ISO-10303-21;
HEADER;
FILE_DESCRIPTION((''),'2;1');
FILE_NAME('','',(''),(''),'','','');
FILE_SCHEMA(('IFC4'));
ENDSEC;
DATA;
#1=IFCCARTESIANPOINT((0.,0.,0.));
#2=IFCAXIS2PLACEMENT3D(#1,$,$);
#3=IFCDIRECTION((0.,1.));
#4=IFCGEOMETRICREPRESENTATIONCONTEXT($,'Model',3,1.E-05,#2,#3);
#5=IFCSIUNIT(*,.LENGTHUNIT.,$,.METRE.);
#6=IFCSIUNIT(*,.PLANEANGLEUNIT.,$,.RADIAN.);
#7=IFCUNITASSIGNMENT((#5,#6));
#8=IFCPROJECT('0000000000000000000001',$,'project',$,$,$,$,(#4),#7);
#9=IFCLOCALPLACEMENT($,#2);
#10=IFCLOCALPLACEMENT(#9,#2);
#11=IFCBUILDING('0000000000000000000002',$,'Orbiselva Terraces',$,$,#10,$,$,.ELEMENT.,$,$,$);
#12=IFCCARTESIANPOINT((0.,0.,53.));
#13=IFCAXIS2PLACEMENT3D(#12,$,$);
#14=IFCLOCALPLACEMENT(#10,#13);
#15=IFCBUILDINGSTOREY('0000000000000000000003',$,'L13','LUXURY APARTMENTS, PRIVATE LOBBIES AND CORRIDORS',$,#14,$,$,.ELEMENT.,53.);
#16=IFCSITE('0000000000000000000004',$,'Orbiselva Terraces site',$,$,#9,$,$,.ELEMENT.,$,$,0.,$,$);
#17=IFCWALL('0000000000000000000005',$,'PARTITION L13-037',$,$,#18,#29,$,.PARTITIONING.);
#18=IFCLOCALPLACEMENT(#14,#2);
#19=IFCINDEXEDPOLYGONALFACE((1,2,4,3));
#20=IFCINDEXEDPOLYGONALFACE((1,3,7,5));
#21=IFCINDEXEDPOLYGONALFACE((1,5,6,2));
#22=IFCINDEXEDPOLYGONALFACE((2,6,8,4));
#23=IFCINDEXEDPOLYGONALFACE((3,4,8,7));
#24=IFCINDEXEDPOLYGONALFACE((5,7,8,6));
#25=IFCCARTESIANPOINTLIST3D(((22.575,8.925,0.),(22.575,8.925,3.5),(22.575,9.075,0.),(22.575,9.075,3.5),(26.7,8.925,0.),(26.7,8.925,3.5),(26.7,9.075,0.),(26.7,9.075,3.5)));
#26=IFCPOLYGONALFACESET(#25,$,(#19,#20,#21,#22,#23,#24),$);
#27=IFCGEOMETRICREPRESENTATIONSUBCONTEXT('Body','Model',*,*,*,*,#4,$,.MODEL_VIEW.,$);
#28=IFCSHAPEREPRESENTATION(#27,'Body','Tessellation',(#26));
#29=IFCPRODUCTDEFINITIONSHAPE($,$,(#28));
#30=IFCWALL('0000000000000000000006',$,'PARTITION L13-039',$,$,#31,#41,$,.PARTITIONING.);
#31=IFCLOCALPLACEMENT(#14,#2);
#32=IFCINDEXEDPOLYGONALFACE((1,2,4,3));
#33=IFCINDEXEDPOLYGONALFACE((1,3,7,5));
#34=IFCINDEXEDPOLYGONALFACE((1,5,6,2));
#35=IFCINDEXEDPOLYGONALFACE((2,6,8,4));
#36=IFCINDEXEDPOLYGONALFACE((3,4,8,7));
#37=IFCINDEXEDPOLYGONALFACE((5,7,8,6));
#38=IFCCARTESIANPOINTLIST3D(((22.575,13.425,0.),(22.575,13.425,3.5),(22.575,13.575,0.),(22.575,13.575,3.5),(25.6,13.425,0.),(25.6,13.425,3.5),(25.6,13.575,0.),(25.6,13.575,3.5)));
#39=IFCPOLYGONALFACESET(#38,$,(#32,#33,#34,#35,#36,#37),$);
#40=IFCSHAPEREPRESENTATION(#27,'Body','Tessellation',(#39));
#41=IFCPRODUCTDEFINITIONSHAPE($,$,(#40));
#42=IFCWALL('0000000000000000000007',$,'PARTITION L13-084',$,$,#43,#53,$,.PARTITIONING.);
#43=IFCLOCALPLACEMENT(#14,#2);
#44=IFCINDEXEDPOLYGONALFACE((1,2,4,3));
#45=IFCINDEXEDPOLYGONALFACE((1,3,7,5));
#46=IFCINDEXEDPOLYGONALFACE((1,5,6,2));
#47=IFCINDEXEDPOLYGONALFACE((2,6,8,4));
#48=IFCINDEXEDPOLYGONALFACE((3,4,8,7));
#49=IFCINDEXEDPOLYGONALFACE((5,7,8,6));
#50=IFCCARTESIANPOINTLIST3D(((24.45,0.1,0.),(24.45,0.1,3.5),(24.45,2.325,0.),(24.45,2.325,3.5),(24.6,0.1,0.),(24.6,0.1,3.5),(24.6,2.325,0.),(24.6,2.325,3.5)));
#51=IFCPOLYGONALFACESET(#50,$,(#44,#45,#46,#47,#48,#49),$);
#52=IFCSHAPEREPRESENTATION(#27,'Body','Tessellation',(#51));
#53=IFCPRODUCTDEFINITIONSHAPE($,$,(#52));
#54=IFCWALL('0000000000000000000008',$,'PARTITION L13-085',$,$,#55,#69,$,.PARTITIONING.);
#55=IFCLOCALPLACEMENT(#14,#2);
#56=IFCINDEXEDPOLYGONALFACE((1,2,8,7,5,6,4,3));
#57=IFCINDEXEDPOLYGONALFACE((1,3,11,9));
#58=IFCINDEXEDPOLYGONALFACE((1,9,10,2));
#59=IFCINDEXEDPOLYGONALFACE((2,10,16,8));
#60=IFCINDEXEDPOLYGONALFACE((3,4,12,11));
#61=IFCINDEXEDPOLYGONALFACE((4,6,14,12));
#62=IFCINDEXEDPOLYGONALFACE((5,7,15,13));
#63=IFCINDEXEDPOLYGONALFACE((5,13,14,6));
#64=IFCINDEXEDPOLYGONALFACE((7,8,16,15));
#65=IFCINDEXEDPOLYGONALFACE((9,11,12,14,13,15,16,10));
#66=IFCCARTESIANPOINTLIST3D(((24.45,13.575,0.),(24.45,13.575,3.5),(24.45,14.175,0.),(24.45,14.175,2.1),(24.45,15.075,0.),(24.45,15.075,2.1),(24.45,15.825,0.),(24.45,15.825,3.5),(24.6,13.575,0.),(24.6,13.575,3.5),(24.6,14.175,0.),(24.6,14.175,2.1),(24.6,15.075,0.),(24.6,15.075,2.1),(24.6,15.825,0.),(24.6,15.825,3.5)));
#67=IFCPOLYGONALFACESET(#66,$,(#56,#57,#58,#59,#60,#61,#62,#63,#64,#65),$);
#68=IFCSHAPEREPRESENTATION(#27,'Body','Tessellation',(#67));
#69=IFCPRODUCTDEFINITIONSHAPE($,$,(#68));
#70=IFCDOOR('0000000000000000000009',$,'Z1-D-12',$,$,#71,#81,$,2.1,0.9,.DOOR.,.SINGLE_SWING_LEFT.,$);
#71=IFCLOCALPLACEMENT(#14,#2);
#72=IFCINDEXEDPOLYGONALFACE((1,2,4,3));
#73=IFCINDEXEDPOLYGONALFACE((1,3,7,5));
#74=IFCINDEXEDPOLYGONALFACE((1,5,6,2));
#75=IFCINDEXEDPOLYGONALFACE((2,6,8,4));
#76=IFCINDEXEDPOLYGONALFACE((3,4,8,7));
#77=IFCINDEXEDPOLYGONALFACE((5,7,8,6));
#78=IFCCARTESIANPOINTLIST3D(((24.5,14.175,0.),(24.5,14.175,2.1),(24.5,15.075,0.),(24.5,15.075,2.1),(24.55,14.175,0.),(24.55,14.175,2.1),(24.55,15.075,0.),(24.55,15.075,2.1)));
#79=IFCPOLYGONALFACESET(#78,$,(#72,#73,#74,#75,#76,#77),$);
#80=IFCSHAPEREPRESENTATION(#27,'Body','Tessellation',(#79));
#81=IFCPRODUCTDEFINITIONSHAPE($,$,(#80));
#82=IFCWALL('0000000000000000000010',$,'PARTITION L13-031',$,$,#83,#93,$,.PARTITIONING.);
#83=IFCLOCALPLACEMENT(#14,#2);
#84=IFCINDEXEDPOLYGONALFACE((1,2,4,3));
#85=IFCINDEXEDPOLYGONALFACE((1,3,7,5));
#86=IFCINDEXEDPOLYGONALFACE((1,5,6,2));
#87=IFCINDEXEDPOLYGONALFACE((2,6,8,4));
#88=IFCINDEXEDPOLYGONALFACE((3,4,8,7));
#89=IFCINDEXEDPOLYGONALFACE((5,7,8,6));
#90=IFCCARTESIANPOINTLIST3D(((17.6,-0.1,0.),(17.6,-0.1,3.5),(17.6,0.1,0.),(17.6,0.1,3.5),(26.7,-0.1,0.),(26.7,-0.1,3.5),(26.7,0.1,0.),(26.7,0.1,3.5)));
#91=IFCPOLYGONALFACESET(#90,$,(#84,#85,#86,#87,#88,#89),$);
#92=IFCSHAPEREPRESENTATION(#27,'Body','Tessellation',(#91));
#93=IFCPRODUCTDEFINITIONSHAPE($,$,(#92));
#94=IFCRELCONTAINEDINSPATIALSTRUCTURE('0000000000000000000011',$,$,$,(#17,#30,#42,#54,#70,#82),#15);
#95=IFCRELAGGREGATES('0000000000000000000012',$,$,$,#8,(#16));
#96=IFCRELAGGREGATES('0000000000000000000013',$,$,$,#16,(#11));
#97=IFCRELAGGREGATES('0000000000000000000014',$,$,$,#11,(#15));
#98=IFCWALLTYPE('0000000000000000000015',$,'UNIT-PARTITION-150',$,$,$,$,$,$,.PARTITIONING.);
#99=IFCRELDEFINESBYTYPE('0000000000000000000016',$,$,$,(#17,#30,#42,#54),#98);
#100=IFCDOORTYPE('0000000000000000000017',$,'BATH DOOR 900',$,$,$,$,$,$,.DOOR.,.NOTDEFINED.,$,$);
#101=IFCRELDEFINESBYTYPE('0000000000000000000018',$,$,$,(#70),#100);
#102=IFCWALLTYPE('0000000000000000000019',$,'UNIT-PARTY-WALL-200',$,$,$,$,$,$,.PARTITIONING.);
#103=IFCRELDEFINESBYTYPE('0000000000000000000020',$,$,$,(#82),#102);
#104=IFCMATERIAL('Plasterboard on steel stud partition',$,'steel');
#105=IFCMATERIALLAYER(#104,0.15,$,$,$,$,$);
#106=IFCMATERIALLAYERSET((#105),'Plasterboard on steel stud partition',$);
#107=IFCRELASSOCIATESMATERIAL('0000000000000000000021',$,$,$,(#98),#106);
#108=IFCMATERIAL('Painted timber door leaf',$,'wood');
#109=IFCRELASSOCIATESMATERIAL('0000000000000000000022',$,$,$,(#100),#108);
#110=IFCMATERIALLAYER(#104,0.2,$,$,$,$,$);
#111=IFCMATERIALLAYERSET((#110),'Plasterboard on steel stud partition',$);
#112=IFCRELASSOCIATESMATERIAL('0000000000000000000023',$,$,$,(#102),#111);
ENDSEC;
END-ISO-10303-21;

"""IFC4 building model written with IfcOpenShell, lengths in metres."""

from ifc_helpers import new_model, si_unit, direction, frame, frame_2d, origin, place, context, subcontext, project, spatial, rectangle, extrude, material, layer, layer_set, type_object, element, fill, save


model = new_model("IFC4")

# Units and contexts
model_context = context("Model", 3, precision=1e-05, world=origin(), true_north=direction((0.0, 1.0)))
body_context = subcontext(model_context, "Body", "Model", "MODEL_VIEW")
ifc_project = project(units=[si_unit("LENGTHUNIT", "METRE"), si_unit("PLANEANGLEUNIT", "RADIAN")], contexts=[model_context])

# Site, building, storey
site_placement = place(None, origin())
site = spatial("IfcSite", under=ifc_project, at=site_placement, Name="Orbiselva Terraces site", CompositionType="ELEMENT", RefElevation=0.0)
building_placement = place(site_placement, origin())
building = spatial("IfcBuilding", under=site, at=building_placement, Name="Orbiselva Terraces", CompositionType="ELEMENT")
storey_placement = place(building_placement, frame((0.0, 0.0, 53.0)))
storey = spatial("IfcBuildingStorey", under=building, at=storey_placement, Name="L13", Description="LUXURY APARTMENTS, PRIVATE LOBBIES AND CORRIDORS", CompositionType="ELEMENT", Elevation=53.0)

# Shared definitions
ifc_material_1 = material(Name="Plasterboard on steel stud partition", Category="steel")
ifc_material_2 = material(Name="Painted timber door leaf", Category="wood")

# Shared definitions
ifc_layer_1 = layer(ifc_material_1, 0.15)
ifc_layer_set_1 = layer_set([ifc_layer_1], Name="Plasterboard on steel stud partition")
wall_type_1 = type_object("IfcWallType", Name="UNIT-PARTITION-150", PredefinedType="PARTITIONING", material=ifc_layer_set_1)
door_type_1 = type_object("IfcDoorType", Name="BATH DOOR 900", OperationType="NOTDEFINED", PredefinedType="DOOR", material=ifc_material_2)

# Walls
wall_1_placement = place(storey_placement, frame((22.575, 9.0, 0.0), z_axis=(0.0, 0.0, 1.0), x_axis=(1.0, 0.0, 0.0)))
element("IfcWall", 1, at=wall_1_placement, inside=storey, type_object=wall_type_1, Name="PARTITION L13-037", PredefinedType="PARTITIONING", context=body_context, shape_type="SweptSolid", body=[
    extrude(rectangle(XDim=4.125, YDim=0.15, at=frame_2d((2.0625, 0.0))), origin(), (0.0, 0.0, 1.0), 3.5),
])
wall_2_placement = place(storey_placement, frame((22.575, 13.5, 0.0), z_axis=(0.0, 0.0, 1.0), x_axis=(1.0, 0.0, 0.0)))
element("IfcWall", 2, at=wall_2_placement, inside=storey, type_object=wall_type_1, Name="PARTITION L13-039", PredefinedType="PARTITIONING", context=body_context, shape_type="SweptSolid", body=[
    extrude(rectangle(XDim=3.025, YDim=0.15, at=frame_2d((1.5125, 0.0))), origin(), (0.0, 0.0, 1.0), 3.5),
])
wall_3_placement = place(storey_placement, frame((24.525, 0.1, 0.0), z_axis=(0.0, 0.0, 1.0), x_axis=(0.0, 1.0, 0.0)))
element("IfcWall", 3, at=wall_3_placement, inside=storey, type_object=wall_type_1, Name="PARTITION L13-084", PredefinedType="PARTITIONING", context=body_context, shape_type="SweptSolid", body=[
    extrude(rectangle(XDim=2.225, YDim=0.15, at=frame_2d((1.1125, 0.0))), origin(), (0.0, 0.0, 1.0), 3.5),
])

# Wall, opening, door
wall_4_placement = place(storey_placement, frame((24.525, 13.575, 0.0), z_axis=(0.0, 0.0, 1.0), x_axis=(0.0, 1.0, 0.0)))
wall_4 = element("IfcWall", 4, at=wall_4_placement, inside=storey, type_object=wall_type_1, Name="PARTITION L13-085", PredefinedType="PARTITIONING", context=body_context, shape_type="SweptSolid", body=[
    extrude(rectangle(XDim=2.25, YDim=0.15, at=frame_2d((1.125, 0.0))), origin(), (0.0, 0.0, 1.0), 3.5),
])
opening_1_placement = place(wall_4_placement, frame((0.6, 0.0, 0.0)))
opening_1 = element("IfcOpeningElement", 5, at=opening_1_placement, cuts=wall_4, PredefinedType="OPENING", context=body_context, shape_type="SweptSolid", body=[
    extrude(rectangle(XDim=0.9, YDim=2.1, at=frame_2d((0.45, 1.05))), frame((0.0, 0.085, 0.0), z_axis=(0.0, -1.0, 0.0), x_axis=(1.0, 0.0, 0.0)), (0.0, 0.0, 1.0), 0.17),
])
door_1_placement = place(opening_1_placement, origin())
door_1 = element("IfcDoor", 6, at=door_1_placement, inside=storey, type_object=door_type_1, Name="Z1-D-12", OperationType="SINGLE_SWING_LEFT", OverallHeight=2.1, OverallWidth=0.9, PredefinedType="DOOR", context=body_context, shape_type="SweptSolid", body=[
    extrude(rectangle(XDim=0.9, YDim=2.1, at=frame_2d((0.45, 1.05))), frame((0.0, 0.025, 0.0), z_axis=(0.0, -1.0, 0.0), x_axis=(1.0, 0.0, 0.0)), (0.0, 0.0, 1.0), 0.05),
])
fill(opening_1, door_1)

# Wall
ifc_layer_2 = layer(ifc_material_1, 0.2)
ifc_layer_set_2 = layer_set([ifc_layer_2], Name="Plasterboard on steel stud partition")
wall_type_2 = type_object("IfcWallType", Name="UNIT-PARTY-WALL-200", PredefinedType="PARTITIONING", material=ifc_layer_set_2)
wall_5_placement = place(storey_placement, frame((17.6, 0.0, 0.0), z_axis=(0.0, 0.0, 1.0), x_axis=(1.0, 0.0, 0.0)))
element("IfcWall", 7, at=wall_5_placement, inside=storey, type_object=wall_type_2, Name="PARTITION L13-031", PredefinedType="PARTITIONING", context=body_context, shape_type="SweptSolid", body=[
    extrude(rectangle(XDim=9.1, YDim=0.2, at=frame_2d((4.55, 0.0))), origin(), (0.0, 0.0, 1.0), 3.5),
])

save(model, "model.ifc")
